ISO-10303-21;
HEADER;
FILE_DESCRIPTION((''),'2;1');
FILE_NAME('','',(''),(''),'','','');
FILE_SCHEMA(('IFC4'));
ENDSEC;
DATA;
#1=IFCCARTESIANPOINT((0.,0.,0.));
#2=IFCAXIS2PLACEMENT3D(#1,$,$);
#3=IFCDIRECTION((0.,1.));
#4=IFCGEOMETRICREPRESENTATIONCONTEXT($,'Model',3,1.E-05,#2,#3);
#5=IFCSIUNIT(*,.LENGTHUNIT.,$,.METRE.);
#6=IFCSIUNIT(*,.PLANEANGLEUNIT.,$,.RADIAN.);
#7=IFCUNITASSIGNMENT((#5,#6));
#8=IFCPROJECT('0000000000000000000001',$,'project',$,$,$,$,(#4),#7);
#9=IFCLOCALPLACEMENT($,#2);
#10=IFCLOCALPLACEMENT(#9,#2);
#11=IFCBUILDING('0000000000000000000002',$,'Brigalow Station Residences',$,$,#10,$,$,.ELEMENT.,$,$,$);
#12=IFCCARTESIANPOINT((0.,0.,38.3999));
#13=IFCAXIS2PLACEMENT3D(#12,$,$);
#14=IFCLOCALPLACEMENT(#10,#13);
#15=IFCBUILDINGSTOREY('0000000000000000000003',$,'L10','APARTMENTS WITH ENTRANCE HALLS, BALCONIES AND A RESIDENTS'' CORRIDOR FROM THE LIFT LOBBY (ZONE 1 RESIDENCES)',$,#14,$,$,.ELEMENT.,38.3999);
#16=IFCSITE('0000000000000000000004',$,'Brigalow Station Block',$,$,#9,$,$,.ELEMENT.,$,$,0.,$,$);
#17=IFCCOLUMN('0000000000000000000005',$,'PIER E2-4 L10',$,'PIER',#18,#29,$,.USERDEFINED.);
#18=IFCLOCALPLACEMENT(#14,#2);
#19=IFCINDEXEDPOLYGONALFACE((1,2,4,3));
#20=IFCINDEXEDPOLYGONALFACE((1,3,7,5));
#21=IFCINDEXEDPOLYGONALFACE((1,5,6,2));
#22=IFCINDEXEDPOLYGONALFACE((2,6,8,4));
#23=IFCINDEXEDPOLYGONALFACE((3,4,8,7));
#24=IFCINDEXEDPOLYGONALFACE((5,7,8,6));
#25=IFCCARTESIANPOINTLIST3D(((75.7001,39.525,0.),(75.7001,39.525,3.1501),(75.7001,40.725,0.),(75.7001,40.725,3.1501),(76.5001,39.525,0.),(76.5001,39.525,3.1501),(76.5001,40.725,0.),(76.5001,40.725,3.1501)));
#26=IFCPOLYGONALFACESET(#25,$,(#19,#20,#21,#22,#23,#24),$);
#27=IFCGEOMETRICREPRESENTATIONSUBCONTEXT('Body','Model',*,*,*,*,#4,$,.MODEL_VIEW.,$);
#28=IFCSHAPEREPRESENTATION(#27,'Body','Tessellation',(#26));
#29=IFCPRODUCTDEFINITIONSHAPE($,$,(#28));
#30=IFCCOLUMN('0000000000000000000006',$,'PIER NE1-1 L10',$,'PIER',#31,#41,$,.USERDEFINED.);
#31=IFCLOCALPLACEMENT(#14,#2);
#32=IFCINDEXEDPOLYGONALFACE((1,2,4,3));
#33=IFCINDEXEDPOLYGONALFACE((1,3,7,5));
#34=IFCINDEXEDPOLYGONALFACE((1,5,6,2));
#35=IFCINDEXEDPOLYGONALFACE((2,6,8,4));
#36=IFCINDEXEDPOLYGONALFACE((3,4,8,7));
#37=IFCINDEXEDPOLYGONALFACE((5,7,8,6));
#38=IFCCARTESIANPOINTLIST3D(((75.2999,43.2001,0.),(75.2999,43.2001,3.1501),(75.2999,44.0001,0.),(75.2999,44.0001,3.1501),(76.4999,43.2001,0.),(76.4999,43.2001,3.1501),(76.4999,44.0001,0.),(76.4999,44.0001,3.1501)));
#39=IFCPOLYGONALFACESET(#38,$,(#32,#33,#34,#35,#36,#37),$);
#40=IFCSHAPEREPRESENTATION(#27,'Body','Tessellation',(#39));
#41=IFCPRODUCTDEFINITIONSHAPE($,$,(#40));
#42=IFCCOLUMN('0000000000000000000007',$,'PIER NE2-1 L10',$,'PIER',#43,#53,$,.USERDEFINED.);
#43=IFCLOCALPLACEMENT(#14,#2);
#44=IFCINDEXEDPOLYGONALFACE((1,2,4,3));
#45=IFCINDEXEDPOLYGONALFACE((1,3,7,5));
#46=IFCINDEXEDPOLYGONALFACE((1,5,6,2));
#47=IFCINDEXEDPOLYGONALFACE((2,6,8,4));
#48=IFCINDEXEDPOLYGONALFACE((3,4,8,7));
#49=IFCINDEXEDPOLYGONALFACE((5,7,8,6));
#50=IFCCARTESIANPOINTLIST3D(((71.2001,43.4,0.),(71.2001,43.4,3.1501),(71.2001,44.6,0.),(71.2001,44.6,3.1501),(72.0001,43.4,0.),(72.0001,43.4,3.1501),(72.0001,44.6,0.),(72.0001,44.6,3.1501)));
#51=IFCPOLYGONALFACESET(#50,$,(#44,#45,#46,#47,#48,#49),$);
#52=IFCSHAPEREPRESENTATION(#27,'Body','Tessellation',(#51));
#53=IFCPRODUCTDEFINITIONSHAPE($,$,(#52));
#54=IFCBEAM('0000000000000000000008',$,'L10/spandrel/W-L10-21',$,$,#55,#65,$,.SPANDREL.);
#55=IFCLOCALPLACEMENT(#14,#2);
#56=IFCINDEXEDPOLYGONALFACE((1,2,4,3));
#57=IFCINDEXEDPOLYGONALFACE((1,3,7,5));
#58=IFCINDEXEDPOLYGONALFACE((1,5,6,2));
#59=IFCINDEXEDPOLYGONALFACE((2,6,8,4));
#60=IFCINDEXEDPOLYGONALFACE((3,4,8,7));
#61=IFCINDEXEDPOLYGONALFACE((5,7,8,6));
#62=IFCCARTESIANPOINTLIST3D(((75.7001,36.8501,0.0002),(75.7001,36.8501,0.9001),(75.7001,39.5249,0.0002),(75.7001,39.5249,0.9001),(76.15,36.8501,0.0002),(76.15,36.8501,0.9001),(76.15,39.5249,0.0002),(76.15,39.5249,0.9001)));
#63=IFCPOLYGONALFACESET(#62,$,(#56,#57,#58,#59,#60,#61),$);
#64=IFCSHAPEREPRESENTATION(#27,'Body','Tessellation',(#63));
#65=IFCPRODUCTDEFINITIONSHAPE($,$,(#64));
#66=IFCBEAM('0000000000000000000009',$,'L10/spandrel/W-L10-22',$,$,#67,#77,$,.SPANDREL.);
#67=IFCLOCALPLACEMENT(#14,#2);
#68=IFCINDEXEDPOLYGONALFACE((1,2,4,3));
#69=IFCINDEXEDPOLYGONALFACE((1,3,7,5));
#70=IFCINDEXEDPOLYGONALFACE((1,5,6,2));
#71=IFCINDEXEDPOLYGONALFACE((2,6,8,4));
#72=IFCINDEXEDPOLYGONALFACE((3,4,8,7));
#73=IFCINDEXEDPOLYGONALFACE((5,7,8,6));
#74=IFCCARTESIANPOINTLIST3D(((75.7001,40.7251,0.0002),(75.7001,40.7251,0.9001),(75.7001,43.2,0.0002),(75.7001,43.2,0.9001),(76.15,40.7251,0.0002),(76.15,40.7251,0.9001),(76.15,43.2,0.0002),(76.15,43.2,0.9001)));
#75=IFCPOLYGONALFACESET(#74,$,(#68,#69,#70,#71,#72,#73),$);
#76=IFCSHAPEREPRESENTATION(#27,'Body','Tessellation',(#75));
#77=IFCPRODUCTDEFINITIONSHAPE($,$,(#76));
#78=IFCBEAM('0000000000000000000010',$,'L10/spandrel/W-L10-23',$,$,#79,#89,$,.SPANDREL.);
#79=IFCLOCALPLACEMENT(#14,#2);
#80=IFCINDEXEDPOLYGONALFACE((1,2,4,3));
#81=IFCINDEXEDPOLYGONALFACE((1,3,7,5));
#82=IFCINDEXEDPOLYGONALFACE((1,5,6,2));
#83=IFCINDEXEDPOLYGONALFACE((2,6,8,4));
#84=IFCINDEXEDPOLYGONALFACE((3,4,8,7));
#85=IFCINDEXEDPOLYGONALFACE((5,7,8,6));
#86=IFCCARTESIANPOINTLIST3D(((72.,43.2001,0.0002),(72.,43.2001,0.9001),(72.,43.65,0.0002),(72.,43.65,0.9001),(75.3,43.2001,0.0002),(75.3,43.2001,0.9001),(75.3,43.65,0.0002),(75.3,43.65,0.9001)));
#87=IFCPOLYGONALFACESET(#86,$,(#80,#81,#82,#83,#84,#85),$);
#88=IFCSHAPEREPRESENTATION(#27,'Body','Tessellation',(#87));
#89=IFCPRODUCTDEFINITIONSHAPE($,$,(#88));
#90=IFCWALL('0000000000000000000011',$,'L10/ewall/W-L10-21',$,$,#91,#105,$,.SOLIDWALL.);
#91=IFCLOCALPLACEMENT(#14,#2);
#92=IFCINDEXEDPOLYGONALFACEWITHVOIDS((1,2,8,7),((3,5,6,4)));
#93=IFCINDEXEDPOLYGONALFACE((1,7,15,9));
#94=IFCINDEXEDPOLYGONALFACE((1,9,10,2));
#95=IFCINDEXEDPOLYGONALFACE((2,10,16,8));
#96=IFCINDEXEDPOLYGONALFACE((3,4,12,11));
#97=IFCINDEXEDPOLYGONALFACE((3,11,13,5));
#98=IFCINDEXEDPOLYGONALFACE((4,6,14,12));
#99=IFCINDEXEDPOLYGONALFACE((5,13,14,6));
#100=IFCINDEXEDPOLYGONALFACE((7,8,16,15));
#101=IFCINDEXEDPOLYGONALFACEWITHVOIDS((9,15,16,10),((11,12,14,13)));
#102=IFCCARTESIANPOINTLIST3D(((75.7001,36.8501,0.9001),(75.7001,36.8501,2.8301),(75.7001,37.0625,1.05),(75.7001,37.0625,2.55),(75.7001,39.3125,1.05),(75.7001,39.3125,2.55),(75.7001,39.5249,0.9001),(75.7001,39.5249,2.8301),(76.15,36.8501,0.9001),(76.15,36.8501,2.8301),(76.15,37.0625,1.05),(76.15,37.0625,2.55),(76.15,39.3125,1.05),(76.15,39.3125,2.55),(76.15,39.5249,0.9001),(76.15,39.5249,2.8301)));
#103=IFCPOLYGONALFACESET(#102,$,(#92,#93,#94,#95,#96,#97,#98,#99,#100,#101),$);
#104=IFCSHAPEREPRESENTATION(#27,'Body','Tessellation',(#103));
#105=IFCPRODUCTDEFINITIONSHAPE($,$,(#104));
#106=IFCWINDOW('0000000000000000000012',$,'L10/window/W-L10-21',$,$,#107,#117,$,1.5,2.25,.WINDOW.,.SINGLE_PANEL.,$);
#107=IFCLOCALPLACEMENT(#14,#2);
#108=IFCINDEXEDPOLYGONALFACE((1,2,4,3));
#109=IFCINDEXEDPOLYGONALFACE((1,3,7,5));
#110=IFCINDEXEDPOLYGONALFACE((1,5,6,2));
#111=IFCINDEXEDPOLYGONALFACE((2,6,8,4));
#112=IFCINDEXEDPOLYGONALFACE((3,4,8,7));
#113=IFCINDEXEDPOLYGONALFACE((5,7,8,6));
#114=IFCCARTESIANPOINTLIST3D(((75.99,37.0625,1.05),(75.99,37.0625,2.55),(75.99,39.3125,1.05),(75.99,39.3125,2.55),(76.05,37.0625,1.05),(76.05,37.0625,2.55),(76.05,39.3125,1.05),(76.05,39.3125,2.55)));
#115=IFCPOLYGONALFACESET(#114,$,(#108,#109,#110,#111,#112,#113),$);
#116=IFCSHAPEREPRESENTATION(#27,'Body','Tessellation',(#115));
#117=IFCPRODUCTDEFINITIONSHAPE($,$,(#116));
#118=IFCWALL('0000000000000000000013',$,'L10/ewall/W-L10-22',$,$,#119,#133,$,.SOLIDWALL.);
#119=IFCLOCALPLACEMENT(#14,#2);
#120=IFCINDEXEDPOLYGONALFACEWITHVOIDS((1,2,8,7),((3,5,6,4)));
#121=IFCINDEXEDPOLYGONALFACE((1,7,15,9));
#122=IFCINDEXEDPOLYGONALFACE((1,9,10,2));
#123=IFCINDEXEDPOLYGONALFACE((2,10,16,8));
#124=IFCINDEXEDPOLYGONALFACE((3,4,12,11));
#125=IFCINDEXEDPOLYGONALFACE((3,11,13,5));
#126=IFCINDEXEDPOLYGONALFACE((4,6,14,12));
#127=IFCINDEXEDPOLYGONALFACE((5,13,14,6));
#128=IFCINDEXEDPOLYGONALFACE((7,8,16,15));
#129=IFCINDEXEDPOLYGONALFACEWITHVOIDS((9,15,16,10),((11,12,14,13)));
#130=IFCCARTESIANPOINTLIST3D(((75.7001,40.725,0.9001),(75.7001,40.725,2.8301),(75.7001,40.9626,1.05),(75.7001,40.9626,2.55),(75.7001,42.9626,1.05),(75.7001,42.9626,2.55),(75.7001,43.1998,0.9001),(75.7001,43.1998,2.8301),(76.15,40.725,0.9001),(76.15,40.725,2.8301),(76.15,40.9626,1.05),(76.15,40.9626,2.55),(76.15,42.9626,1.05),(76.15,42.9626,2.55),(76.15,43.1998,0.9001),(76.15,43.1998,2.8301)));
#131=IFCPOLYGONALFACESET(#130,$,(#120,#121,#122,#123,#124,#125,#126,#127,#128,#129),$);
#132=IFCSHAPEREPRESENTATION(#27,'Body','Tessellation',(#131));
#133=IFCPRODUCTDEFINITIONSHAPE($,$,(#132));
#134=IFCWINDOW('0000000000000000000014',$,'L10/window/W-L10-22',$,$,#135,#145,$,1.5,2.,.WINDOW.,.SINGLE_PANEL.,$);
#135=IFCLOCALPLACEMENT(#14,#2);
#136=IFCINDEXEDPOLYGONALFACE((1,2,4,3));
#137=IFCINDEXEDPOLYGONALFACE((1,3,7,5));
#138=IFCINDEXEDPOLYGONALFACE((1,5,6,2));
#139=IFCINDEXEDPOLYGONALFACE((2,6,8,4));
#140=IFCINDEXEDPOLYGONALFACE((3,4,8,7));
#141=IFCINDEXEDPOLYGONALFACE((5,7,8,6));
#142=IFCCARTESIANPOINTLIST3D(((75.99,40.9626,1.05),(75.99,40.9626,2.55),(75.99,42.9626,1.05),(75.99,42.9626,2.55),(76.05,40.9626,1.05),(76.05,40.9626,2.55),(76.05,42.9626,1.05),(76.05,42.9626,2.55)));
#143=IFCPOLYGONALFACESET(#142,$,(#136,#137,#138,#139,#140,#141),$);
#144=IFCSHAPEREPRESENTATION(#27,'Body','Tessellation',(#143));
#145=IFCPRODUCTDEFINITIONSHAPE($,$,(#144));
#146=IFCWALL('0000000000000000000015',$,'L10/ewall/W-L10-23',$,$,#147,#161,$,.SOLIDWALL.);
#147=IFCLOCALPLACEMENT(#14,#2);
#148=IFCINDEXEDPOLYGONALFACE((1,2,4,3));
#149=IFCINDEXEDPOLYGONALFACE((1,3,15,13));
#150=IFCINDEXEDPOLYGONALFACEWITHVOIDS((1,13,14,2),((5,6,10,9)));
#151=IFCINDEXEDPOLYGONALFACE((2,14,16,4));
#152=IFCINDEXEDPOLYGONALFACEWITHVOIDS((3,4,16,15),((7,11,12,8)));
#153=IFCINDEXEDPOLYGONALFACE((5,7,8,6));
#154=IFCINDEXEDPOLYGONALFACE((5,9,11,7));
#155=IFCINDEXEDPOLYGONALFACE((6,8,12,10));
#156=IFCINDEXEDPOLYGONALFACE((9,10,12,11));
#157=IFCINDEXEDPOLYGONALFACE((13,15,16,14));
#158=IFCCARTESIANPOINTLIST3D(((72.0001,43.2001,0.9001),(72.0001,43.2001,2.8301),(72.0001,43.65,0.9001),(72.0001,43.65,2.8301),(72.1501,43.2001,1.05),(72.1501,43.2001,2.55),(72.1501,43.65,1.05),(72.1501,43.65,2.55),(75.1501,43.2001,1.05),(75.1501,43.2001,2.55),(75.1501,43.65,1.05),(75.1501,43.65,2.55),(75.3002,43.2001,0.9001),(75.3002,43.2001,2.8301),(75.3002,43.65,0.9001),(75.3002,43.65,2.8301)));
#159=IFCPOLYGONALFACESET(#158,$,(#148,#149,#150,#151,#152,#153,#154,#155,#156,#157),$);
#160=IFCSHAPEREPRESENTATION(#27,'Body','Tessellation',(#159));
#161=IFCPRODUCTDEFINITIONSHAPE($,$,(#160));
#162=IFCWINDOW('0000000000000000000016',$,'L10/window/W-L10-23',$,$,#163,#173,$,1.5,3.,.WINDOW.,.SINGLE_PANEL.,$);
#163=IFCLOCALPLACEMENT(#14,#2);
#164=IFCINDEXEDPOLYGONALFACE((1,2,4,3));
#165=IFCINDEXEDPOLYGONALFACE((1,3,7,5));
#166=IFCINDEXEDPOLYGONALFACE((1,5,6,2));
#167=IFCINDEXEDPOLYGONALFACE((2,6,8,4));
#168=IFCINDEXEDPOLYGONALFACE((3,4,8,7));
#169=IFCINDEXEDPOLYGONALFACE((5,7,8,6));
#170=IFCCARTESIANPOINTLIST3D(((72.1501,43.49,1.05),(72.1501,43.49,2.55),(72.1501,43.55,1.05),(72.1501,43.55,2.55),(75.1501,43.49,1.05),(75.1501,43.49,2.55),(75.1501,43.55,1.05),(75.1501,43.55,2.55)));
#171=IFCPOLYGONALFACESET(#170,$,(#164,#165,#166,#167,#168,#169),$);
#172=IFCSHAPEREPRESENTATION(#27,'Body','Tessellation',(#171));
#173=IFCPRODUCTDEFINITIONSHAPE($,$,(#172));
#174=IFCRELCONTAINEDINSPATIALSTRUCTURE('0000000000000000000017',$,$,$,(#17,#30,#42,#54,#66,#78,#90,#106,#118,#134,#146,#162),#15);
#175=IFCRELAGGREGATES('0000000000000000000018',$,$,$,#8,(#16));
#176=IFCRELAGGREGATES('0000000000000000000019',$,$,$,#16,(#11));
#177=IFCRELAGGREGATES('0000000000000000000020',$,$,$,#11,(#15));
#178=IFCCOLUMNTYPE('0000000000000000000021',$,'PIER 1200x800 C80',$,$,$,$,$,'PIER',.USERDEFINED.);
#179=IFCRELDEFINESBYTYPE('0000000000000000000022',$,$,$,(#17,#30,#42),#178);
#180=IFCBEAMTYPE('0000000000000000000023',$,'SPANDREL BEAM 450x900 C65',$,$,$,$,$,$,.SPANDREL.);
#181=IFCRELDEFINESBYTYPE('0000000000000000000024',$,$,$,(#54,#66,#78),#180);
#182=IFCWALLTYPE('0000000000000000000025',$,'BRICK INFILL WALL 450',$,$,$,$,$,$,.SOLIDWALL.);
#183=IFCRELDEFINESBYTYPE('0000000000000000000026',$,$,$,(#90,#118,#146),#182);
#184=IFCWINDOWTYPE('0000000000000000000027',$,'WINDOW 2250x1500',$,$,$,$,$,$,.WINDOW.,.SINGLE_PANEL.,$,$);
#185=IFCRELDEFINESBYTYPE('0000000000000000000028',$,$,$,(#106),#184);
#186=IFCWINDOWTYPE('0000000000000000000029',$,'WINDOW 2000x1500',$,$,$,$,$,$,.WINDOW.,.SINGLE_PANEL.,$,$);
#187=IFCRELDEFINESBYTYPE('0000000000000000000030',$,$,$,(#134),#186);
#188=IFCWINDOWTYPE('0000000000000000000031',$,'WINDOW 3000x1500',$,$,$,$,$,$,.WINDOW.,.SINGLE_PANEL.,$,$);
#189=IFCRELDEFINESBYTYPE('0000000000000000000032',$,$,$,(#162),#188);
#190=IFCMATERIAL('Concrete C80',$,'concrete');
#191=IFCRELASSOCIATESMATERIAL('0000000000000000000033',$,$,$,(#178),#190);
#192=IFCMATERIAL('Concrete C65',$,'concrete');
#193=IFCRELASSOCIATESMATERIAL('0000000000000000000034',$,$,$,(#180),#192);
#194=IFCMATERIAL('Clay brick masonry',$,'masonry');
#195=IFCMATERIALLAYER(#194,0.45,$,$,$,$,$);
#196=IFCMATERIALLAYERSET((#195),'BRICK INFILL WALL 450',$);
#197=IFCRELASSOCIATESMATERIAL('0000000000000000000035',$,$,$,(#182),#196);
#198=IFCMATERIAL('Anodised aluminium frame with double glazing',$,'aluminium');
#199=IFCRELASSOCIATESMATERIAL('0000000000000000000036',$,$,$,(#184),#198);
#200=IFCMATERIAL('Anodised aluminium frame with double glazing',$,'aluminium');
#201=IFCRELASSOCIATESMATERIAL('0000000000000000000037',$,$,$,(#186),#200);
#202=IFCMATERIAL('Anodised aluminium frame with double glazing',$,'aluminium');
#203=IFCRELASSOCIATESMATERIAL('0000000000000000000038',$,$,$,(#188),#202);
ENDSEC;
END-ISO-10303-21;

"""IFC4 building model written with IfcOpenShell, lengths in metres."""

from ifc_helpers import new_model, si_unit, direction, frame, frame_2d, origin, origin_2d, place, context, subcontext, project, spatial, rectangle, extrude, material, layer, layer_set, material_profile, profile_set, type_object, element, fill, save


model = new_model("IFC4")

# Units and contexts
model_context = context("Model", 3, precision=1e-05, world=origin(), true_north=direction((0.0, 1.0)))
body_context = subcontext(model_context, "Body", "Model", "MODEL_VIEW")
ifc_project = project(units=[si_unit("LENGTHUNIT", "METRE"), si_unit("PLANEANGLEUNIT", "RADIAN")], contexts=[model_context])

# Site, building, storey
site_placement = place(None, origin())
site = spatial("IfcSite", under=ifc_project, at=site_placement, Name="Brigalow Station Block", CompositionType="ELEMENT", RefElevation=0.0)
building_placement = place(site_placement, origin())
building = spatial("IfcBuilding", under=site, at=building_placement, Name="Brigalow Station Residences", CompositionType="ELEMENT")
storey_placement = place(building_placement, frame((0.0, 0.0, 38.3999)))
storey = spatial("IfcBuildingStorey", under=building, at=storey_placement, Name="L10", Description="APARTMENTS WITH ENTRANCE HALLS, BALCONIES AND A RESIDENTS' CORRIDOR FROM THE LIFT LOBBY (ZONE 1 RESIDENCES)", CompositionType="ELEMENT", Elevation=38.3999)

# Columns
ifc_material_1 = material(Name="Concrete C80", Category="concrete")
ifc_material_profile_1 = material_profile(ifc_material_1, rectangle(XDim=1.2, YDim=0.8, at=origin_2d()), Name="RC1200x800")
ifc_profile_set_1 = profile_set([ifc_material_profile_1], Name="Concrete C80")
column_type = type_object("IfcColumnType", Name="PIER 1200x800 C80", ElementType="PIER", PredefinedType="USERDEFINED", material=ifc_profile_set_1)
for number, where, z_axis, x_axis, name in (
    (1, (76.1001, 40.125, 0.0), (0.0, 0.0, 1.0), (0.0, 1.0, 0.0), "PIER E2-4 L10"),
    (2, (75.8999, 43.6001, 0.0), (0.0, 0.0, 1.0), (-1.0, 0.0, 0.0), "PIER NE1-1 L10"),
    (3, (71.6001, 44.0, 0.0), (0.0, 0.0, 1.0), (0.0, 1.0, 0.0), "PIER NE2-1 L10"),
):
    element("IfcColumn", number, at=place(storey_placement, frame(where, z_axis=z_axis, x_axis=x_axis)), inside=storey, type_object=column_type, Name=name, ObjectType="PIER", PredefinedType="USERDEFINED", context=body_context, shape_type="SweptSolid", body=[
        extrude(rectangle(XDim=1.2, YDim=0.8, at=origin_2d()), origin(), (0.0, 0.0, 1.0), 3.1501),
    ])

# Beams
ifc_material_2 = material(Name="Concrete C65", Category="concrete")
ifc_material_profile_2 = material_profile(ifc_material_2, rectangle(XDim=0.45, YDim=0.8999, at=origin_2d()), Name="RC450x900")
ifc_profile_set_2 = profile_set([ifc_material_profile_2], Name="Concrete C65")
beam_type = type_object("IfcBeamType", Name="SPANDREL BEAM 450x900 C65", PredefinedType="SPANDREL", material=ifc_profile_set_2)
beam_1_placement = place(storey_placement, frame((75.925, 36.8501, 0.4502), z_axis=(0.0, 1.0, 0.0), x_axis=(-1.0, 0.0, 0.0)))
element("IfcBeam", 4, at=beam_1_placement, inside=storey, type_object=beam_type, Name="L10/spandrel/W-L10-21", PredefinedType="SPANDREL", context=body_context, shape_type="SweptSolid", body=[
    extrude(rectangle(XDim=0.45, YDim=0.8999, at=origin_2d()), origin(), (0.0, 0.0, 1.0), 2.6748),
])
beam_2_placement = place(storey_placement, frame((75.925, 40.7251, 0.4502), z_axis=(0.0, 1.0, 0.0), x_axis=(-1.0, 0.0, 0.0)))
element("IfcBeam", 5, at=beam_2_placement, inside=storey, type_object=beam_type, Name="L10/spandrel/W-L10-22", PredefinedType="SPANDREL", context=body_context, shape_type="SweptSolid", body=[
    extrude(rectangle(XDim=0.45, YDim=0.8999, at=origin_2d()), origin(), (0.0, 0.0, 1.0), 2.4749),
])
beam_3_placement = place(storey_placement, frame((75.3, 43.425, 0.4502), z_axis=(-1.0, 0.0, 0.0), x_axis=(0.0, -1.0, 0.0)))
element("IfcBeam", 6, at=beam_3_placement, inside=storey, type_object=beam_type, Name="L10/spandrel/W-L10-23", PredefinedType="SPANDREL", context=body_context, shape_type="SweptSolid", body=[
    extrude(rectangle(XDim=0.45, YDim=0.8999, at=origin_2d()), origin(), (0.0, 0.0, 1.0), 3.3),
])

# Walls, openings, windows
ifc_material_3 = material(Name="Clay brick masonry", Category="masonry")
ifc_layer_1 = layer(ifc_material_3, 0.45)
ifc_layer_set_1 = layer_set([ifc_layer_1], Name="BRICK INFILL WALL 450")
wall_type_1 = type_object("IfcWallType", Name="BRICK INFILL WALL 450", PredefinedType="SOLIDWALL", material=ifc_layer_set_1)
wall_1_placement = place(storey_placement, frame((75.925, 36.8501, 0.9001), z_axis=(0.0, 0.0, 1.0), x_axis=(0.0, 1.0, 0.0)))
wall_1 = element("IfcWall", 7, at=wall_1_placement, inside=storey, type_object=wall_type_1, Name="L10/ewall/W-L10-21", PredefinedType="SOLIDWALL", context=body_context, shape_type="SweptSolid", body=[
    extrude(rectangle(XDim=2.6748, YDim=0.45, at=frame_2d((1.3374, 0.0))), origin(), (0.0, 0.0, 1.0), 1.9299),
])
opening_1_placement = place(wall_1_placement, frame((0.2124, 0.0, 0.1499)))
opening_1 = element("IfcOpeningElement", 8, at=opening_1_placement, cuts=wall_1, PredefinedType="OPENING", context=body_context, shape_type="SweptSolid", body=[
    extrude(rectangle(XDim=2.25, YDim=1.5, at=frame_2d((1.125, 0.75))), frame((0.0, 0.2349, 0.0), z_axis=(0.0, -1.0, 0.0), x_axis=(1.0, 0.0, 0.0)), (0.0, 0.0, 1.0), 0.47),
])
ifc_material_4 = material(Name="Anodised aluminium frame with double glazing", Category="aluminium")
window_type_1 = type_object("IfcWindowType", Name="WINDOW 2250x1500", PartitioningType="SINGLE_PANEL", PredefinedType="WINDOW", material=ifc_material_4)
window_1_placement = place(opening_1_placement, origin())
window_1 = element("IfcWindow", 9, at=window_1_placement, inside=storey, type_object=window_type_1, Name="L10/window/W-L10-21", OverallHeight=1.5, OverallWidth=2.25, PartitioningType="SINGLE_PANEL", PredefinedType="WINDOW", context=body_context, shape_type="SweptSolid", body=[
    extrude(rectangle(XDim=2.25, YDim=1.5, at=frame_2d((1.125, 0.75))), frame((0.0, -0.0649, 0.0), z_axis=(0.0, -1.0, 0.0), x_axis=(1.0, 0.0, 0.0)), (0.0, 0.0, 1.0), 0.0601),
])
fill(opening_1, window_1)
wall_2_placement = place(storey_placement, frame((75.925, 40.7251, 0.9001), z_axis=(0.0, 0.0, 1.0), x_axis=(0.0, 1.0, 0.0)))
wall_2 = element("IfcWall", 10, at=wall_2_placement, inside=storey, type_object=wall_type_1, Name="L10/ewall/W-L10-22", PredefinedType="SOLIDWALL", context=body_context, shape_type="SweptSolid", body=[
    extrude(rectangle(XDim=2.4749, YDim=0.45, at=frame_2d((1.2373, 0.0))), origin(), (0.0, 0.0, 1.0), 1.9299),
])
opening_2_placement = place(wall_2_placement, frame((0.2375, 0.0, 0.1499)))
opening_2 = element("IfcOpeningElement", 11, at=opening_2_placement, cuts=wall_2, PredefinedType="OPENING", context=body_context, shape_type="SweptSolid", body=[
    extrude(rectangle(XDim=2.0, YDim=1.5, at=frame_2d((1.0, 0.75))), frame((0.0, 0.2349, 0.0), z_axis=(0.0, -1.0, 0.0), x_axis=(1.0, 0.0, 0.0)), (0.0, 0.0, 1.0), 0.47),
])
ifc_material_5 = material(Name="Anodised aluminium frame with double glazing", Category="aluminium")
window_type_2 = type_object("IfcWindowType", Name="WINDOW 2000x1500", PartitioningType="SINGLE_PANEL", PredefinedType="WINDOW", material=ifc_material_5)
window_2_placement = place(opening_2_placement, origin())
window_2 = element("IfcWindow", 12, at=window_2_placement, inside=storey, type_object=window_type_2, Name="L10/window/W-L10-22", OverallHeight=1.5, OverallWidth=2.0, PartitioningType="SINGLE_PANEL", PredefinedType="WINDOW", context=body_context, shape_type="SweptSolid", body=[
    extrude(rectangle(XDim=2.0, YDim=1.5, at=frame_2d((1.0, 0.75))), frame((0.0, -0.0649, 0.0), z_axis=(0.0, -1.0, 0.0), x_axis=(1.0, 0.0, 0.0)), (0.0, 0.0, 1.0), 0.0601),
])
fill(opening_2, window_2)
wall_3_placement = place(storey_placement, frame((75.3, 43.425, 0.9001), z_axis=(0.0, 0.0, 1.0), x_axis=(-1.0, 0.0, 0.0)))
wall_3 = element("IfcWall", 13, at=wall_3_placement, inside=storey, type_object=wall_type_1, Name="L10/ewall/W-L10-23", PredefinedType="SOLIDWALL", context=body_context, shape_type="SweptSolid", body=[
    extrude(rectangle(XDim=3.3, YDim=0.45, at=frame_2d((1.6499, 0.0))), origin(), (0.0, 0.0, 1.0), 1.9299),
])
opening_3_placement = place(wall_3_placement, frame((0.1499, 0.0, 0.1499)))
opening_3 = element("IfcOpeningElement", 14, at=opening_3_placement, cuts=wall_3, PredefinedType="OPENING", context=body_context, shape_type="SweptSolid", body=[
    extrude(rectangle(XDim=3.0, YDim=1.5, at=frame_2d((1.5, 0.75))), frame((0.0, 0.2349, 0.0), z_axis=(0.0, -1.0, 0.0), x_axis=(1.0, 0.0, 0.0)), (0.0, 0.0, 1.0), 0.47),
])
ifc_material_6 = material(Name="Anodised aluminium frame with double glazing", Category="aluminium")
window_type_3 = type_object("IfcWindowType", Name="WINDOW 3000x1500", PartitioningType="SINGLE_PANEL", PredefinedType="WINDOW", material=ifc_material_6)
window_3_placement = place(opening_3_placement, origin())
window_3 = element("IfcWindow", 15, at=window_3_placement, inside=storey, type_object=window_type_3, Name="L10/window/W-L10-23", OverallHeight=1.5, OverallWidth=3.0, PartitioningType="SINGLE_PANEL", PredefinedType="WINDOW", context=body_context, shape_type="SweptSolid", body=[
    extrude(rectangle(XDim=3.0, YDim=1.5, at=frame_2d((1.5, 0.75))), frame((0.0, -0.0649, 0.0), z_axis=(0.0, -1.0, 0.0), x_axis=(1.0, 0.0, 0.0)), (0.0, 0.0, 1.0), 0.0601),
])
fill(opening_3, window_3)

save(model, "model.ifc")
